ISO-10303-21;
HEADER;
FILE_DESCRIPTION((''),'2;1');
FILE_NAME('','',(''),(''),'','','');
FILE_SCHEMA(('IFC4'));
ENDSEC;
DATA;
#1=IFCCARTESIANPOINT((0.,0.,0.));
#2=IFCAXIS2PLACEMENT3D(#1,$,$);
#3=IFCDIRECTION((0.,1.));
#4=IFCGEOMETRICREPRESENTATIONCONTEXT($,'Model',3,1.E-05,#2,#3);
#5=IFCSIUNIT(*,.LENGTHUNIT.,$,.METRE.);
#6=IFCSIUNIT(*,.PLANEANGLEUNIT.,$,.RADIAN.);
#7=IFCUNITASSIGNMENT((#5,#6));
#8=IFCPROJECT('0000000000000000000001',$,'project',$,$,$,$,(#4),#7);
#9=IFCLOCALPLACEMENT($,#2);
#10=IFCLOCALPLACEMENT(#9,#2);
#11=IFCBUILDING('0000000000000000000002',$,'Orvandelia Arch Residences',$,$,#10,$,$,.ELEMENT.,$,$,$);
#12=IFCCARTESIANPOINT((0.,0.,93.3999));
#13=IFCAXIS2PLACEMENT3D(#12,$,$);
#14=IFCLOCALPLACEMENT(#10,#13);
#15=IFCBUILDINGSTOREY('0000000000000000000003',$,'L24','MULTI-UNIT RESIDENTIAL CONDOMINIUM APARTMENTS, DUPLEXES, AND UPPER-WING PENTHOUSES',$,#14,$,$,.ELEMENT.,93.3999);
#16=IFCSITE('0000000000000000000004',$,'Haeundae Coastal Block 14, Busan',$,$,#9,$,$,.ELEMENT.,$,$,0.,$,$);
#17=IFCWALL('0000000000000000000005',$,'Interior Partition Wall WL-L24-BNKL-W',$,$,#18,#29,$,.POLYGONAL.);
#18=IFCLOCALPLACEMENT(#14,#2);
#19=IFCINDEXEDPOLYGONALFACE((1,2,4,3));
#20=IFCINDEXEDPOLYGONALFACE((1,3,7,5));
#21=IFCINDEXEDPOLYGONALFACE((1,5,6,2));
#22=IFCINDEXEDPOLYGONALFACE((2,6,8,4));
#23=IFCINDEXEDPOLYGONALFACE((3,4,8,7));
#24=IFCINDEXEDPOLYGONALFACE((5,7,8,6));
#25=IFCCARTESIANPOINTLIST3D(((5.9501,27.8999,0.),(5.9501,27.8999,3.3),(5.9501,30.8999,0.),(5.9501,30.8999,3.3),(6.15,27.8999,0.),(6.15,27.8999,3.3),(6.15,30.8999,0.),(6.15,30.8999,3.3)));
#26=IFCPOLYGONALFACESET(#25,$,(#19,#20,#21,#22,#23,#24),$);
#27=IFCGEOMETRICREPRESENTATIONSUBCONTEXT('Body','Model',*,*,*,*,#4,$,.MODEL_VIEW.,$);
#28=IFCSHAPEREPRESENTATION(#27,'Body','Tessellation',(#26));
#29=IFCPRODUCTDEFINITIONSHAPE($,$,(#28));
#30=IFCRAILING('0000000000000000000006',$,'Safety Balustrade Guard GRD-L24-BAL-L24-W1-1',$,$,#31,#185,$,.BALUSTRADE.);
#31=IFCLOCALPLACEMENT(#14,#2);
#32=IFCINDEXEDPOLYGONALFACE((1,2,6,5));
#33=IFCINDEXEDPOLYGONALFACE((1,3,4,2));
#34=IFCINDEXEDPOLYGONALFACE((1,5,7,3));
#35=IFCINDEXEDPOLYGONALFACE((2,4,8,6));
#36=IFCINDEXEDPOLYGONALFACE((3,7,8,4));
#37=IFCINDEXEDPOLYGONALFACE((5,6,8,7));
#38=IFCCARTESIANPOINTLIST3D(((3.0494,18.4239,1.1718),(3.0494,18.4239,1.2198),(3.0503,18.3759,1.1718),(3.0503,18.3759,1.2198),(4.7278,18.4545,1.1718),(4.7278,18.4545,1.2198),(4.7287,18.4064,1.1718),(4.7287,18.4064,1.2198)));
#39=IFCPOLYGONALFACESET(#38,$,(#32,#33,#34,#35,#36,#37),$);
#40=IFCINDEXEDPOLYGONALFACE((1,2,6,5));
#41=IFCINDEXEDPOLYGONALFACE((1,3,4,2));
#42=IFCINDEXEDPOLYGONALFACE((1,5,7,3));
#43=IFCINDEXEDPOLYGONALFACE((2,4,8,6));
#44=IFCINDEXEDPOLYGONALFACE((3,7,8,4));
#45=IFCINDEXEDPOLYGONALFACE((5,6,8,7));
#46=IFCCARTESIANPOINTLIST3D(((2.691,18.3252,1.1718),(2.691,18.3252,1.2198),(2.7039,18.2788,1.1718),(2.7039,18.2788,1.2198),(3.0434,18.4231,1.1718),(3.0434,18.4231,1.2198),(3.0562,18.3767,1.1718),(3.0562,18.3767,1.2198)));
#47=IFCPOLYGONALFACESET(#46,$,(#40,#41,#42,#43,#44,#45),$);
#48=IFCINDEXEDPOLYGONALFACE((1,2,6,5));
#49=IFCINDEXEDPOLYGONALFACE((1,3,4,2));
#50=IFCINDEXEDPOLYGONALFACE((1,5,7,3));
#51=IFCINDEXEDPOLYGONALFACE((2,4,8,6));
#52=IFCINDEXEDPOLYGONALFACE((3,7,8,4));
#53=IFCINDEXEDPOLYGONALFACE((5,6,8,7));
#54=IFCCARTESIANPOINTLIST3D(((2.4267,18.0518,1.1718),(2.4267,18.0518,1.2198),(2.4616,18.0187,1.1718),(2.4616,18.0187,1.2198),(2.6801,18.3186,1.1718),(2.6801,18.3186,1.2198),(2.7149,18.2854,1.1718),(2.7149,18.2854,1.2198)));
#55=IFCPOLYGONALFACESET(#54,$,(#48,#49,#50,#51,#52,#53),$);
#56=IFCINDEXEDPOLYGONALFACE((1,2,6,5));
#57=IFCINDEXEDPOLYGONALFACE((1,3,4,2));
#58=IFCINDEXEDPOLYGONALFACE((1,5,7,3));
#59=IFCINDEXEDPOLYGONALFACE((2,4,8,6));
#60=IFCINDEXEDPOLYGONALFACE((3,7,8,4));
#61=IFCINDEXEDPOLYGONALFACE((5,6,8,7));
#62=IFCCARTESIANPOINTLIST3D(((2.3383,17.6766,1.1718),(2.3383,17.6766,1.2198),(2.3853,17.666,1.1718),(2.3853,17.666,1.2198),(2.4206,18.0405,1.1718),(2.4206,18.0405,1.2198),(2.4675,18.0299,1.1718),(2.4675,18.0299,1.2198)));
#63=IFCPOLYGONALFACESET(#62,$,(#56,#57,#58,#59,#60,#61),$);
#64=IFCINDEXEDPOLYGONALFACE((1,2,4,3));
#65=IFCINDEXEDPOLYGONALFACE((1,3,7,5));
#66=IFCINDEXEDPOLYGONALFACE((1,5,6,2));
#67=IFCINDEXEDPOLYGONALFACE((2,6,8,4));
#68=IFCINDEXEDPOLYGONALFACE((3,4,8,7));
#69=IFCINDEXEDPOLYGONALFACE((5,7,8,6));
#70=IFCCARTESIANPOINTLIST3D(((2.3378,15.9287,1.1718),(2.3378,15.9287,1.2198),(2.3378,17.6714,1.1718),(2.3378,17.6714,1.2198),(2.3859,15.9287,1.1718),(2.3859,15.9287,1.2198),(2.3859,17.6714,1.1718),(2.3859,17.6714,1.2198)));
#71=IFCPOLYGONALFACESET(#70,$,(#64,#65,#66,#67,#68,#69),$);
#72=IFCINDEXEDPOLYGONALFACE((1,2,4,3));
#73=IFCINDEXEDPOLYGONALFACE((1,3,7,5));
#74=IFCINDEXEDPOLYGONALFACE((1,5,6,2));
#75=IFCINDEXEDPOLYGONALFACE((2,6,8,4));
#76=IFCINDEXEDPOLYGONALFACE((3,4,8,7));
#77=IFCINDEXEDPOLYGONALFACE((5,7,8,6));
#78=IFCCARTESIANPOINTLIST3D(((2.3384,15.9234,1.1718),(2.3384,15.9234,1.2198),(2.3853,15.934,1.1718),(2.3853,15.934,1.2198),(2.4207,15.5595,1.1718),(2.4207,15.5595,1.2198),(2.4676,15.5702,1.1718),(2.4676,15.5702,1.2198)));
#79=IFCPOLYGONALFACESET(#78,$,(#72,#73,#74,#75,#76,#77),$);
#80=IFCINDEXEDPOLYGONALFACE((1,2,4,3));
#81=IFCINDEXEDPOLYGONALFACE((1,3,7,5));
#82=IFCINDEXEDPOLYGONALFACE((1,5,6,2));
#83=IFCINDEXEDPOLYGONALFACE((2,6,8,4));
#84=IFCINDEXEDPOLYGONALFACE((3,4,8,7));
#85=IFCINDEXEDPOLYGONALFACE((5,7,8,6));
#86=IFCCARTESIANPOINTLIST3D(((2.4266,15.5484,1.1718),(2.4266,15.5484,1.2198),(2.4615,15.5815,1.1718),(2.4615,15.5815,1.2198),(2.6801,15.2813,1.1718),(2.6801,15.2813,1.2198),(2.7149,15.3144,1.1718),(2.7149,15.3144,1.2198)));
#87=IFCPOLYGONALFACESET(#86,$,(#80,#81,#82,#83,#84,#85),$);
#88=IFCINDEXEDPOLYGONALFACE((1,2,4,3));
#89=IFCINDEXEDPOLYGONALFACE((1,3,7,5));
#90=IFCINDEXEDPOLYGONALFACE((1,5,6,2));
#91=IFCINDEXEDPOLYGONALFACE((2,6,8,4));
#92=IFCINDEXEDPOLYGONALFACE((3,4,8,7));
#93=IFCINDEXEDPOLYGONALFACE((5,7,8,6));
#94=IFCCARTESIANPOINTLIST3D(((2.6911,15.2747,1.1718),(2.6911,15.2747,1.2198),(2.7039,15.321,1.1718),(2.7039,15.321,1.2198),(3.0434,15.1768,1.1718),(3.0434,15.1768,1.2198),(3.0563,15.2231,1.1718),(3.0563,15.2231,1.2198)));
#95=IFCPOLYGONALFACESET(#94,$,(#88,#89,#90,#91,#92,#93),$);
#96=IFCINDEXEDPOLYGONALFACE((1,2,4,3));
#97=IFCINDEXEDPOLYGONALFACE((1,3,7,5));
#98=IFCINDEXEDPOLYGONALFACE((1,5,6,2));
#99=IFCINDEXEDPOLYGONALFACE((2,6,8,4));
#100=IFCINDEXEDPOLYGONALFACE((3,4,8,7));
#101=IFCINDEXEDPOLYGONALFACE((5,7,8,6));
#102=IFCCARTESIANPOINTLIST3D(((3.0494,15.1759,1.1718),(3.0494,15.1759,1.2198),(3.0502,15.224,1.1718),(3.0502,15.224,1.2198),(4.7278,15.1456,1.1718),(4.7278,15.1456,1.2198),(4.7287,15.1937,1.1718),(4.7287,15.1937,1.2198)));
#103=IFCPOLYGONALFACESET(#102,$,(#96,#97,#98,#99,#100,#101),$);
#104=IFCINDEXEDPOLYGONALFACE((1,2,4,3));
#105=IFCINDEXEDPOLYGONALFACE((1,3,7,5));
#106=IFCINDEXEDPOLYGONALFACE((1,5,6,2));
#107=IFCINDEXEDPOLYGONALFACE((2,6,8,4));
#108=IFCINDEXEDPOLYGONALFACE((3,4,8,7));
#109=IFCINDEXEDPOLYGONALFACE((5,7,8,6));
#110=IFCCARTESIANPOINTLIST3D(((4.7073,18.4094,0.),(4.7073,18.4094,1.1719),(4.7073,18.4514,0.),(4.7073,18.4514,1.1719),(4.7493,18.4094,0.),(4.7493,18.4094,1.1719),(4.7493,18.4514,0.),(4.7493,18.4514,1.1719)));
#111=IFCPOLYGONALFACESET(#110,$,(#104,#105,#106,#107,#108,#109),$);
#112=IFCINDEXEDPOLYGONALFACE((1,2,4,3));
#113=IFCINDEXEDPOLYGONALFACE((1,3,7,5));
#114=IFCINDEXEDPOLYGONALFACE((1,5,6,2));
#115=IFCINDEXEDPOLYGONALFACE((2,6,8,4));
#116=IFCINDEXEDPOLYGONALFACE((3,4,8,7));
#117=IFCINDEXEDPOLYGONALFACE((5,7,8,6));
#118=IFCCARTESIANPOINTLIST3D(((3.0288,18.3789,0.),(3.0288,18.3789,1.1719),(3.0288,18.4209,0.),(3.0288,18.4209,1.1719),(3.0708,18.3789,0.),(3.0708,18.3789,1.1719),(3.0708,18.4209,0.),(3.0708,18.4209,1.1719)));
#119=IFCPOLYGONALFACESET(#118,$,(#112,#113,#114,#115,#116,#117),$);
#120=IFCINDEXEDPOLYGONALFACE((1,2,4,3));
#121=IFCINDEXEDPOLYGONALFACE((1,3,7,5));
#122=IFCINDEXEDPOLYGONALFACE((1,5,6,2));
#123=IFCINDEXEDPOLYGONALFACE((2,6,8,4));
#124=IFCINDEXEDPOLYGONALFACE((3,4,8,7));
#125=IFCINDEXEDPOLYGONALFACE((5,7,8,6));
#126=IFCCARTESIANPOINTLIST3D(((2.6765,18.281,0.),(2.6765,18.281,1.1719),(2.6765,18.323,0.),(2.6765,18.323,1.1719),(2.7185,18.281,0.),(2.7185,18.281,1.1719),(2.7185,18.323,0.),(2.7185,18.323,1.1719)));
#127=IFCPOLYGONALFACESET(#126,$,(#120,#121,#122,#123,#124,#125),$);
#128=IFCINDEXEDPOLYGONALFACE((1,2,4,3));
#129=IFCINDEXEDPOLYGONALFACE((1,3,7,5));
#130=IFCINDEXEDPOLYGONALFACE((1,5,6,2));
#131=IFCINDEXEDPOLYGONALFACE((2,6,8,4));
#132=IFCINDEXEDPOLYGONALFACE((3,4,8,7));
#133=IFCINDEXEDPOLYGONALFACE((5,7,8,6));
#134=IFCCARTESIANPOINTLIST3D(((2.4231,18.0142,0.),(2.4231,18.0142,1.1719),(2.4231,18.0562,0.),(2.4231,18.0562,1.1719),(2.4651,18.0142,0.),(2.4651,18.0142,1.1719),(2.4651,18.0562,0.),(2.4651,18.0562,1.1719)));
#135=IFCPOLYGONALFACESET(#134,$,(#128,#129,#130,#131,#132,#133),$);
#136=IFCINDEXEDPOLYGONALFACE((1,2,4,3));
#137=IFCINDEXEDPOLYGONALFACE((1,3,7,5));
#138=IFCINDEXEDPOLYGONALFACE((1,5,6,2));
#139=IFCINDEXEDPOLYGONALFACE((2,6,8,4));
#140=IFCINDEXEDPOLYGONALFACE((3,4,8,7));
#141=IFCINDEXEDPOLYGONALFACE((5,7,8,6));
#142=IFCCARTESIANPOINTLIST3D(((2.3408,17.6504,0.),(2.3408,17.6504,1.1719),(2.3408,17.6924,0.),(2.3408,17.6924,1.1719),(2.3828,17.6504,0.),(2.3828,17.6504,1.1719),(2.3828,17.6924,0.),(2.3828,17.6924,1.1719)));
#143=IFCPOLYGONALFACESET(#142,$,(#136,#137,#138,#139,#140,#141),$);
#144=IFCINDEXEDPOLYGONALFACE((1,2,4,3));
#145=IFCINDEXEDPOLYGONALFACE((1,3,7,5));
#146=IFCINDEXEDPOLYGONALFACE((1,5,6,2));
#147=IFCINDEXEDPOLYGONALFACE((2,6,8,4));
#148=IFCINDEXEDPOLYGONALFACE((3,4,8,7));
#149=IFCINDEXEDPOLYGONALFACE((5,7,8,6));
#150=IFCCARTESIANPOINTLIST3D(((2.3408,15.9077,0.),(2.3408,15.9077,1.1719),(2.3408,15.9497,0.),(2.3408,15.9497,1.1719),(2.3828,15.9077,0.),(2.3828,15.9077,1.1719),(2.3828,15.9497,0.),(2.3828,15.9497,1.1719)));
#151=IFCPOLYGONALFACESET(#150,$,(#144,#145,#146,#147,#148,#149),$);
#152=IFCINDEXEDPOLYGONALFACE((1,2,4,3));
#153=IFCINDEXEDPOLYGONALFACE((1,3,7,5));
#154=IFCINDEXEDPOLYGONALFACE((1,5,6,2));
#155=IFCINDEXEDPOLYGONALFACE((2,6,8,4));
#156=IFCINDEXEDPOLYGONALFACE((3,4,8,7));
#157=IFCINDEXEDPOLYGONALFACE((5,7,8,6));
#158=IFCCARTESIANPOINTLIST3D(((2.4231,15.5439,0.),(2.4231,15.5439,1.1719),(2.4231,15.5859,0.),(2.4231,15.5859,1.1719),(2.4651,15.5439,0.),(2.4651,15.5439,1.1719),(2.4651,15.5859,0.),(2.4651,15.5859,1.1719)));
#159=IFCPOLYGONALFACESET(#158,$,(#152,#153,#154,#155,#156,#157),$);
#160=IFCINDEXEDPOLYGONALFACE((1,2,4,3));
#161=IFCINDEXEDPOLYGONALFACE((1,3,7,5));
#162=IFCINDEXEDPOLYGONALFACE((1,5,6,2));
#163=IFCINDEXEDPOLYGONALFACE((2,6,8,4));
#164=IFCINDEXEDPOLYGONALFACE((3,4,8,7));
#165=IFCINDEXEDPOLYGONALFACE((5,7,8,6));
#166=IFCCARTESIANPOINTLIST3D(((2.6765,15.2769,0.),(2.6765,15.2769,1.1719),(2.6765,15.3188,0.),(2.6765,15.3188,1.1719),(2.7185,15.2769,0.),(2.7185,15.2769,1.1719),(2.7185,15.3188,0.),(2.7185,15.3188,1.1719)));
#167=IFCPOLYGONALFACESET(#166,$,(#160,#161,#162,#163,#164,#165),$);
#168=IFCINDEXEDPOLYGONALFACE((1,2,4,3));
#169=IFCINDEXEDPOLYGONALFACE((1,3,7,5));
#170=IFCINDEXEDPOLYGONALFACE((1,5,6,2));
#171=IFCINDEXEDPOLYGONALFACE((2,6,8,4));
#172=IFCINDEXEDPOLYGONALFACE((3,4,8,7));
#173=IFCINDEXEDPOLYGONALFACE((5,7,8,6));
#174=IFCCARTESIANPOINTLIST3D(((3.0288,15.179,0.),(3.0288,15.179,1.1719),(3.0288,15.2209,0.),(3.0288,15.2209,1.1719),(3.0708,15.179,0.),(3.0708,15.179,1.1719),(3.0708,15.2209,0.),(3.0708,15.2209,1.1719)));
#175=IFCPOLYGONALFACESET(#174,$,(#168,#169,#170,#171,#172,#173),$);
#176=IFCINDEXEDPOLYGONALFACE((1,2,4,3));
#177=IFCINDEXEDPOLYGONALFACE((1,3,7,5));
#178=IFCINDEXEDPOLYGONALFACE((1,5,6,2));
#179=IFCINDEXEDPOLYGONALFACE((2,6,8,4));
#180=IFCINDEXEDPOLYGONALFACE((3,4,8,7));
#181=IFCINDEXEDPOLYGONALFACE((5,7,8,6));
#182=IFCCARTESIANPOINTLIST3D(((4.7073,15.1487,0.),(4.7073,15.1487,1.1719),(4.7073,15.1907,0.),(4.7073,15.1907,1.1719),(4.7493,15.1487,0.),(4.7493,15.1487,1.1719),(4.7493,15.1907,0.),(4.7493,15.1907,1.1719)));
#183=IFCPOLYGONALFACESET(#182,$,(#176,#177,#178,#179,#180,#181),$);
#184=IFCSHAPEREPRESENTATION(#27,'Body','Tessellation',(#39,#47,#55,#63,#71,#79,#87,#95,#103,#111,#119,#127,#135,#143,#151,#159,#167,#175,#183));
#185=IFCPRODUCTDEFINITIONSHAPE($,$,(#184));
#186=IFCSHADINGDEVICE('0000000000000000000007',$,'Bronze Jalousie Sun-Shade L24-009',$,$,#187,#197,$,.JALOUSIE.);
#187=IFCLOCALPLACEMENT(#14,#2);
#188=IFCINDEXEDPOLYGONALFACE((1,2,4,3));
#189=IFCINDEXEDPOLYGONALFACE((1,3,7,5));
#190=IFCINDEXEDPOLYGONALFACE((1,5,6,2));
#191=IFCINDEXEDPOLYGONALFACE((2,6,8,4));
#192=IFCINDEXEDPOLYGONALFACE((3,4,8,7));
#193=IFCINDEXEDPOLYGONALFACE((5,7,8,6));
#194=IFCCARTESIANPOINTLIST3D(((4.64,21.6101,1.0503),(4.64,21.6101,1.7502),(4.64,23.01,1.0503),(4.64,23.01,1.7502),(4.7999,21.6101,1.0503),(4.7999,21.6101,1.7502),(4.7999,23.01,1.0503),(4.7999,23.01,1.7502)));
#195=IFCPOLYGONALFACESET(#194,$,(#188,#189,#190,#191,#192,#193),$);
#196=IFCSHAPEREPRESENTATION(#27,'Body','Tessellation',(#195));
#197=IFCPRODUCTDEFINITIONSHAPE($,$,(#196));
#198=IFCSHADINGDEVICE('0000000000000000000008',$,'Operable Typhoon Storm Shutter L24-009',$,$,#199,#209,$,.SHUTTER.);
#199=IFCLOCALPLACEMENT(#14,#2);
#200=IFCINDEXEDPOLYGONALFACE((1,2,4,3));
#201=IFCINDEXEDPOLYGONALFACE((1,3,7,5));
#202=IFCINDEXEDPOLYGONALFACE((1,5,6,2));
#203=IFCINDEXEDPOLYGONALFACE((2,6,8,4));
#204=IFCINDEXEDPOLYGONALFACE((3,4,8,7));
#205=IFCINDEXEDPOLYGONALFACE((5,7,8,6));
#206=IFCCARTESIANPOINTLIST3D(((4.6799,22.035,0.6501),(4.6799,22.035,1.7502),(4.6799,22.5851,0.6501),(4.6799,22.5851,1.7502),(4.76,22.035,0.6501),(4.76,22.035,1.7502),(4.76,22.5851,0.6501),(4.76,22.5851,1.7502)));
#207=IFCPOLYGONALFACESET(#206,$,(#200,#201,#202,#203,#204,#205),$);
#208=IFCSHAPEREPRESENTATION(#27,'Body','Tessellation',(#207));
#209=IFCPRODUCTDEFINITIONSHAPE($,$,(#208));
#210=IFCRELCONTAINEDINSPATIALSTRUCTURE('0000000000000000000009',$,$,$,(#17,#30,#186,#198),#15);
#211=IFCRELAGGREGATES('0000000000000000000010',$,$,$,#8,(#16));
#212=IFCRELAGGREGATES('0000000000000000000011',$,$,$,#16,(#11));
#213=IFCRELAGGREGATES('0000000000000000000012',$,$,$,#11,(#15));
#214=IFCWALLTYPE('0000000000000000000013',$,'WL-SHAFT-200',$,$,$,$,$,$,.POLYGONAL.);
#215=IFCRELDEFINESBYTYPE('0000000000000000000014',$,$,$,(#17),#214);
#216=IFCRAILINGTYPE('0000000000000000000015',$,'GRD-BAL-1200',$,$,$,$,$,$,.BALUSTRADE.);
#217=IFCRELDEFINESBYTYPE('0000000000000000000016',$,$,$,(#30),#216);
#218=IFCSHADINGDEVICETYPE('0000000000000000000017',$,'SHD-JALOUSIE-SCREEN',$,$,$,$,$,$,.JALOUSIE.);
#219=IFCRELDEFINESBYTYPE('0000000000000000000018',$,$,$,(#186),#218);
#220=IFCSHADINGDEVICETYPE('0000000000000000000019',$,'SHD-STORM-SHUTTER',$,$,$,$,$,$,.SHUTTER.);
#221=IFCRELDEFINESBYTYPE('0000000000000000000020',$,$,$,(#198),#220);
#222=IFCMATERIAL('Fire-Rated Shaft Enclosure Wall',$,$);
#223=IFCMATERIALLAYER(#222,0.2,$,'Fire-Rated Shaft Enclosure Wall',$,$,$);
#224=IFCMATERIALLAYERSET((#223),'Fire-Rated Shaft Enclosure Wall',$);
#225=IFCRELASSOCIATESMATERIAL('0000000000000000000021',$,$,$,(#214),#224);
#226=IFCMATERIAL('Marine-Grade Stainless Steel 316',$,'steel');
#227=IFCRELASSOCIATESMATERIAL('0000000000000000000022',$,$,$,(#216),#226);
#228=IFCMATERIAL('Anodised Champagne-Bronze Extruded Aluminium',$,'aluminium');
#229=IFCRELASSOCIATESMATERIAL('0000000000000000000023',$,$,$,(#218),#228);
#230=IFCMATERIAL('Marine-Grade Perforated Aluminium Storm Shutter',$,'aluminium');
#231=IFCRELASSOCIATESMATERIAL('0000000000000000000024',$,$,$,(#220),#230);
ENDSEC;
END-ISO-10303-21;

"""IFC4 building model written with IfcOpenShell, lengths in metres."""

from ifc_helpers import new_model, si_unit, direction, frame, frame_2d, origin, origin_2d, place, context, subcontext, project, spatial, rectangle, extrude, material, layer, layer_set, type_object, element, save


model = new_model("IFC4")

# Units and contexts
model_context = context("Model", 3, precision=1e-05, world=origin(), true_north=direction((0.0, 1.0)))
body_context = subcontext(model_context, "Body", "Model", "MODEL_VIEW")
ifc_project = project(units=[si_unit("LENGTHUNIT", "METRE"), si_unit("PLANEANGLEUNIT", "RADIAN")], contexts=[model_context])

# Site, building, storey
site_placement = place(None, origin())
site = spatial("IfcSite", under=ifc_project, at=site_placement, Name="Haeundae Coastal Block 14, Busan", CompositionType="ELEMENT", RefElevation=0.0)
building_placement = place(site_placement, origin())
building = spatial("IfcBuilding", under=site, at=building_placement, Name="Orvandelia Arch Residences", CompositionType="ELEMENT")
storey_placement = place(building_placement, frame((0.0, 0.0, 93.3999)))
storey = spatial("IfcBuildingStorey", under=building, at=storey_placement, Name="L24", Description="MULTI-UNIT RESIDENTIAL CONDOMINIUM APARTMENTS, DUPLEXES, AND UPPER-WING PENTHOUSES", CompositionType="ELEMENT", Elevation=93.3999)

# Wall
ifc_material_1 = material(Name="Fire-Rated Shaft Enclosure Wall")
ifc_layer_1 = layer(ifc_material_1, 0.2, Name="Fire-Rated Shaft Enclosure Wall")
ifc_layer_set_1 = layer_set([ifc_layer_1], Name="Fire-Rated Shaft Enclosure Wall")
wall_type_1 = type_object("IfcWallType", Name="WL-SHAFT-200", PredefinedType="POLYGONAL", material=ifc_layer_set_1)
wall_1_placement = place(storey_placement, frame((6.05, 27.8999, 0.0), z_axis=(0.0, 0.0, 1.0), x_axis=(0.0, 1.0, 0.0)))
element("IfcWall", 1, at=wall_1_placement, inside=storey, type_object=wall_type_1, Name="Interior Partition Wall WL-L24-BNKL-W", PredefinedType="POLYGONAL", context=body_context, shape_type="SweptSolid", body=[
    extrude(rectangle(XDim=3.0, YDim=0.2, at=frame_2d((1.5, 0.0))), origin(), (0.0, 0.0, 1.0), 3.3),
])

# Railing
ifc_material_2 = material(Name="Marine-Grade Stainless Steel 316", Category="steel")
railing_type = type_object("IfcRailingType", Name="GRD-BAL-1200", PredefinedType="BALUSTRADE", material=ifc_material_2)
railing_placement = place(storey_placement, frame((4.7283, 18.4304, 0.0)))
element("IfcRailing", 2, at=railing_placement, inside=storey, type_object=railing_type, Name="Safety Balustrade Guard GRD-L24-BAL-L24-W1-1", PredefinedType="BALUSTRADE", context=body_context, shape_type="SweptSolid", body=[
    extrude(rectangle(XDim=0.0481, YDim=0.0481, at=origin_2d()), frame((0.0, 0.0, 1.1958), z_axis=(-0.999835, -0.018179, 0.0), x_axis=(0.018179, -0.999835, 0.0)), (0.0, 0.0, 1.0), 1.6787),
    extrude(rectangle(XDim=0.0481, YDim=0.0481, at=origin_2d()), frame((-1.6785, -0.0305, 1.1958), z_axis=(-0.963489, -0.267747, 0.0), x_axis=(0.267747, -0.963489, 0.0)), (0.0, 0.0, 1.0), 0.3657),
    extrude(rectangle(XDim=0.0481, YDim=0.0481, at=origin_2d()), frame((-2.0308, -0.1284, 1.1958), z_axis=(-0.688627, -0.725115, 0.0), x_axis=(0.725115, -0.688627, 0.0)), (0.0, 0.0, 1.0), 0.3679),
    extrude(rectangle(XDim=0.0481, YDim=0.0481, at=origin_2d()), frame((-2.2842, -0.3953, 1.1958), z_axis=(-0.220602, -0.975364, 0.0), x_axis=(0.975364, -0.220602, 0.0)), (0.0, 0.0, 1.0), 0.373),
    extrude(rectangle(XDim=0.0481, YDim=0.0481, at=origin_2d()), frame((-2.3665, -0.759, 1.1958), z_axis=(0.0, -1.0, 0.0), x_axis=(1.0, 0.0, 0.0)), (0.0, 0.0, 1.0), 1.7427),
    extrude(rectangle(XDim=0.0481, YDim=0.0481, at=origin_2d()), frame((-2.3665, -2.5017, 1.1958), z_axis=(0.220602, -0.975364, 0.0), x_axis=(0.975364, 0.220602, 0.0)), (0.0, 0.0, 1.0), 0.373),
    extrude(rectangle(XDim=0.0481, YDim=0.0481, at=origin_2d()), frame((-2.2842, -2.8655, 1.1958), z_axis=(0.688296, -0.72543, 0.0), x_axis=(0.72543, 0.688296, 0.0)), (0.0, 0.0, 1.0), 0.3682),
    extrude(rectangle(XDim=0.0481, YDim=0.0481, at=origin_2d()), frame((-2.0308, -3.1326, 1.1958), z_axis=(0.963489, -0.267747, 0.0), x_axis=(0.267747, 0.963489, 0.0)), (0.0, 0.0, 1.0), 0.3657),
    extrude(rectangle(XDim=0.0481, YDim=0.0481, at=origin_2d()), frame((-1.6785, -3.2305, 1.1958), z_axis=(0.999837, -0.018033, 0.0), x_axis=(0.018033, 0.999837, 0.0)), (0.0, 0.0, 1.0), 1.6787),
    extrude(rectangle(XDim=0.042, YDim=0.042, at=origin_2d()), origin(), (0.0, 0.0, 1.0), 1.1719),
    extrude(rectangle(XDim=0.042, YDim=0.042, at=origin_2d()), frame((-1.6785, -0.0305, 0.0)), (0.0, 0.0, 1.0), 1.1719),
    extrude(rectangle(XDim=0.042, YDim=0.042, at=origin_2d()), frame((-2.0308, -0.1284, 0.0)), (0.0, 0.0, 1.0), 1.1719),
    extrude(rectangle(XDim=0.042, YDim=0.042, at=origin_2d()), frame((-2.2842, -0.3953, 0.0)), (0.0, 0.0, 1.0), 1.1719),
    extrude(rectangle(XDim=0.042, YDim=0.042, at=origin_2d()), frame((-2.3665, -0.759, 0.0)), (0.0, 0.0, 1.0), 1.1719),
    extrude(rectangle(XDim=0.042, YDim=0.042, at=origin_2d()), frame((-2.3665, -2.5017, 0.0)), (0.0, 0.0, 1.0), 1.1719),
    extrude(rectangle(XDim=0.042, YDim=0.042, at=origin_2d()), frame((-2.2842, -2.8655, 0.0)), (0.0, 0.0, 1.0), 1.1719),
    extrude(rectangle(XDim=0.042, YDim=0.042, at=origin_2d()), frame((-2.0308, -3.1326, 0.0)), (0.0, 0.0, 1.0), 1.1719),
    extrude(rectangle(XDim=0.042, YDim=0.042, at=origin_2d()), frame((-1.6785, -3.2305, 0.0)), (0.0, 0.0, 1.0), 1.1719),
    extrude(rectangle(XDim=0.042, YDim=0.042, at=origin_2d()), frame((0.0, -3.2607, 0.0)), (0.0, 0.0, 1.0), 1.1719),
])

# Shading devices
ifc_material_3 = material(Name="Anodised Champagne-Bronze Extruded Aluminium", Category="aluminium")
shading_device_type_1 = type_object("IfcShadingDeviceType", Name="SHD-JALOUSIE-SCREEN", PredefinedType="JALOUSIE", material=ifc_material_3)
shading_device_1_placement = place(storey_placement, frame((4.72, 22.3101, 1.0503), z_axis=(0.0, 0.0, 1.0), x_axis=(0.0, 1.0, 0.0)))
element("IfcShadingDevice", 3, at=shading_device_1_placement, inside=storey, type_object=shading_device_type_1, Name="Bronze Jalousie Sun-Shade L24-009", PredefinedType="JALOUSIE", context=body_context, shape_type="SweptSolid", body=[
    extrude(rectangle(XDim=1.3999, YDim=0.1599, at=origin_2d()), origin(), (0.0, 0.0, 1.0), 0.7),
])
ifc_material_4 = material(Name="Marine-Grade Perforated Aluminium Storm Shutter", Category="aluminium")
shading_device_type_2 = type_object("IfcShadingDeviceType", Name="SHD-STORM-SHUTTER", PredefinedType="SHUTTER", material=ifc_material_4)
shading_device_2_placement = place(storey_placement, frame((4.72, 22.3101, 0.6501), z_axis=(0.0, 0.0, 1.0), x_axis=(0.0, 1.0, 0.0)))
element("IfcShadingDevice", 4, at=shading_device_2_placement, inside=storey, type_object=shading_device_type_2, Name="Operable Typhoon Storm Shutter L24-009", PredefinedType="SHUTTER", context=body_context, shape_type="SweptSolid", body=[
    extrude(rectangle(XDim=0.55, YDim=0.0801, at=origin_2d()), origin(), (0.0, 0.0, 1.0), 1.1001),
])

save(model, "model.ifc")
